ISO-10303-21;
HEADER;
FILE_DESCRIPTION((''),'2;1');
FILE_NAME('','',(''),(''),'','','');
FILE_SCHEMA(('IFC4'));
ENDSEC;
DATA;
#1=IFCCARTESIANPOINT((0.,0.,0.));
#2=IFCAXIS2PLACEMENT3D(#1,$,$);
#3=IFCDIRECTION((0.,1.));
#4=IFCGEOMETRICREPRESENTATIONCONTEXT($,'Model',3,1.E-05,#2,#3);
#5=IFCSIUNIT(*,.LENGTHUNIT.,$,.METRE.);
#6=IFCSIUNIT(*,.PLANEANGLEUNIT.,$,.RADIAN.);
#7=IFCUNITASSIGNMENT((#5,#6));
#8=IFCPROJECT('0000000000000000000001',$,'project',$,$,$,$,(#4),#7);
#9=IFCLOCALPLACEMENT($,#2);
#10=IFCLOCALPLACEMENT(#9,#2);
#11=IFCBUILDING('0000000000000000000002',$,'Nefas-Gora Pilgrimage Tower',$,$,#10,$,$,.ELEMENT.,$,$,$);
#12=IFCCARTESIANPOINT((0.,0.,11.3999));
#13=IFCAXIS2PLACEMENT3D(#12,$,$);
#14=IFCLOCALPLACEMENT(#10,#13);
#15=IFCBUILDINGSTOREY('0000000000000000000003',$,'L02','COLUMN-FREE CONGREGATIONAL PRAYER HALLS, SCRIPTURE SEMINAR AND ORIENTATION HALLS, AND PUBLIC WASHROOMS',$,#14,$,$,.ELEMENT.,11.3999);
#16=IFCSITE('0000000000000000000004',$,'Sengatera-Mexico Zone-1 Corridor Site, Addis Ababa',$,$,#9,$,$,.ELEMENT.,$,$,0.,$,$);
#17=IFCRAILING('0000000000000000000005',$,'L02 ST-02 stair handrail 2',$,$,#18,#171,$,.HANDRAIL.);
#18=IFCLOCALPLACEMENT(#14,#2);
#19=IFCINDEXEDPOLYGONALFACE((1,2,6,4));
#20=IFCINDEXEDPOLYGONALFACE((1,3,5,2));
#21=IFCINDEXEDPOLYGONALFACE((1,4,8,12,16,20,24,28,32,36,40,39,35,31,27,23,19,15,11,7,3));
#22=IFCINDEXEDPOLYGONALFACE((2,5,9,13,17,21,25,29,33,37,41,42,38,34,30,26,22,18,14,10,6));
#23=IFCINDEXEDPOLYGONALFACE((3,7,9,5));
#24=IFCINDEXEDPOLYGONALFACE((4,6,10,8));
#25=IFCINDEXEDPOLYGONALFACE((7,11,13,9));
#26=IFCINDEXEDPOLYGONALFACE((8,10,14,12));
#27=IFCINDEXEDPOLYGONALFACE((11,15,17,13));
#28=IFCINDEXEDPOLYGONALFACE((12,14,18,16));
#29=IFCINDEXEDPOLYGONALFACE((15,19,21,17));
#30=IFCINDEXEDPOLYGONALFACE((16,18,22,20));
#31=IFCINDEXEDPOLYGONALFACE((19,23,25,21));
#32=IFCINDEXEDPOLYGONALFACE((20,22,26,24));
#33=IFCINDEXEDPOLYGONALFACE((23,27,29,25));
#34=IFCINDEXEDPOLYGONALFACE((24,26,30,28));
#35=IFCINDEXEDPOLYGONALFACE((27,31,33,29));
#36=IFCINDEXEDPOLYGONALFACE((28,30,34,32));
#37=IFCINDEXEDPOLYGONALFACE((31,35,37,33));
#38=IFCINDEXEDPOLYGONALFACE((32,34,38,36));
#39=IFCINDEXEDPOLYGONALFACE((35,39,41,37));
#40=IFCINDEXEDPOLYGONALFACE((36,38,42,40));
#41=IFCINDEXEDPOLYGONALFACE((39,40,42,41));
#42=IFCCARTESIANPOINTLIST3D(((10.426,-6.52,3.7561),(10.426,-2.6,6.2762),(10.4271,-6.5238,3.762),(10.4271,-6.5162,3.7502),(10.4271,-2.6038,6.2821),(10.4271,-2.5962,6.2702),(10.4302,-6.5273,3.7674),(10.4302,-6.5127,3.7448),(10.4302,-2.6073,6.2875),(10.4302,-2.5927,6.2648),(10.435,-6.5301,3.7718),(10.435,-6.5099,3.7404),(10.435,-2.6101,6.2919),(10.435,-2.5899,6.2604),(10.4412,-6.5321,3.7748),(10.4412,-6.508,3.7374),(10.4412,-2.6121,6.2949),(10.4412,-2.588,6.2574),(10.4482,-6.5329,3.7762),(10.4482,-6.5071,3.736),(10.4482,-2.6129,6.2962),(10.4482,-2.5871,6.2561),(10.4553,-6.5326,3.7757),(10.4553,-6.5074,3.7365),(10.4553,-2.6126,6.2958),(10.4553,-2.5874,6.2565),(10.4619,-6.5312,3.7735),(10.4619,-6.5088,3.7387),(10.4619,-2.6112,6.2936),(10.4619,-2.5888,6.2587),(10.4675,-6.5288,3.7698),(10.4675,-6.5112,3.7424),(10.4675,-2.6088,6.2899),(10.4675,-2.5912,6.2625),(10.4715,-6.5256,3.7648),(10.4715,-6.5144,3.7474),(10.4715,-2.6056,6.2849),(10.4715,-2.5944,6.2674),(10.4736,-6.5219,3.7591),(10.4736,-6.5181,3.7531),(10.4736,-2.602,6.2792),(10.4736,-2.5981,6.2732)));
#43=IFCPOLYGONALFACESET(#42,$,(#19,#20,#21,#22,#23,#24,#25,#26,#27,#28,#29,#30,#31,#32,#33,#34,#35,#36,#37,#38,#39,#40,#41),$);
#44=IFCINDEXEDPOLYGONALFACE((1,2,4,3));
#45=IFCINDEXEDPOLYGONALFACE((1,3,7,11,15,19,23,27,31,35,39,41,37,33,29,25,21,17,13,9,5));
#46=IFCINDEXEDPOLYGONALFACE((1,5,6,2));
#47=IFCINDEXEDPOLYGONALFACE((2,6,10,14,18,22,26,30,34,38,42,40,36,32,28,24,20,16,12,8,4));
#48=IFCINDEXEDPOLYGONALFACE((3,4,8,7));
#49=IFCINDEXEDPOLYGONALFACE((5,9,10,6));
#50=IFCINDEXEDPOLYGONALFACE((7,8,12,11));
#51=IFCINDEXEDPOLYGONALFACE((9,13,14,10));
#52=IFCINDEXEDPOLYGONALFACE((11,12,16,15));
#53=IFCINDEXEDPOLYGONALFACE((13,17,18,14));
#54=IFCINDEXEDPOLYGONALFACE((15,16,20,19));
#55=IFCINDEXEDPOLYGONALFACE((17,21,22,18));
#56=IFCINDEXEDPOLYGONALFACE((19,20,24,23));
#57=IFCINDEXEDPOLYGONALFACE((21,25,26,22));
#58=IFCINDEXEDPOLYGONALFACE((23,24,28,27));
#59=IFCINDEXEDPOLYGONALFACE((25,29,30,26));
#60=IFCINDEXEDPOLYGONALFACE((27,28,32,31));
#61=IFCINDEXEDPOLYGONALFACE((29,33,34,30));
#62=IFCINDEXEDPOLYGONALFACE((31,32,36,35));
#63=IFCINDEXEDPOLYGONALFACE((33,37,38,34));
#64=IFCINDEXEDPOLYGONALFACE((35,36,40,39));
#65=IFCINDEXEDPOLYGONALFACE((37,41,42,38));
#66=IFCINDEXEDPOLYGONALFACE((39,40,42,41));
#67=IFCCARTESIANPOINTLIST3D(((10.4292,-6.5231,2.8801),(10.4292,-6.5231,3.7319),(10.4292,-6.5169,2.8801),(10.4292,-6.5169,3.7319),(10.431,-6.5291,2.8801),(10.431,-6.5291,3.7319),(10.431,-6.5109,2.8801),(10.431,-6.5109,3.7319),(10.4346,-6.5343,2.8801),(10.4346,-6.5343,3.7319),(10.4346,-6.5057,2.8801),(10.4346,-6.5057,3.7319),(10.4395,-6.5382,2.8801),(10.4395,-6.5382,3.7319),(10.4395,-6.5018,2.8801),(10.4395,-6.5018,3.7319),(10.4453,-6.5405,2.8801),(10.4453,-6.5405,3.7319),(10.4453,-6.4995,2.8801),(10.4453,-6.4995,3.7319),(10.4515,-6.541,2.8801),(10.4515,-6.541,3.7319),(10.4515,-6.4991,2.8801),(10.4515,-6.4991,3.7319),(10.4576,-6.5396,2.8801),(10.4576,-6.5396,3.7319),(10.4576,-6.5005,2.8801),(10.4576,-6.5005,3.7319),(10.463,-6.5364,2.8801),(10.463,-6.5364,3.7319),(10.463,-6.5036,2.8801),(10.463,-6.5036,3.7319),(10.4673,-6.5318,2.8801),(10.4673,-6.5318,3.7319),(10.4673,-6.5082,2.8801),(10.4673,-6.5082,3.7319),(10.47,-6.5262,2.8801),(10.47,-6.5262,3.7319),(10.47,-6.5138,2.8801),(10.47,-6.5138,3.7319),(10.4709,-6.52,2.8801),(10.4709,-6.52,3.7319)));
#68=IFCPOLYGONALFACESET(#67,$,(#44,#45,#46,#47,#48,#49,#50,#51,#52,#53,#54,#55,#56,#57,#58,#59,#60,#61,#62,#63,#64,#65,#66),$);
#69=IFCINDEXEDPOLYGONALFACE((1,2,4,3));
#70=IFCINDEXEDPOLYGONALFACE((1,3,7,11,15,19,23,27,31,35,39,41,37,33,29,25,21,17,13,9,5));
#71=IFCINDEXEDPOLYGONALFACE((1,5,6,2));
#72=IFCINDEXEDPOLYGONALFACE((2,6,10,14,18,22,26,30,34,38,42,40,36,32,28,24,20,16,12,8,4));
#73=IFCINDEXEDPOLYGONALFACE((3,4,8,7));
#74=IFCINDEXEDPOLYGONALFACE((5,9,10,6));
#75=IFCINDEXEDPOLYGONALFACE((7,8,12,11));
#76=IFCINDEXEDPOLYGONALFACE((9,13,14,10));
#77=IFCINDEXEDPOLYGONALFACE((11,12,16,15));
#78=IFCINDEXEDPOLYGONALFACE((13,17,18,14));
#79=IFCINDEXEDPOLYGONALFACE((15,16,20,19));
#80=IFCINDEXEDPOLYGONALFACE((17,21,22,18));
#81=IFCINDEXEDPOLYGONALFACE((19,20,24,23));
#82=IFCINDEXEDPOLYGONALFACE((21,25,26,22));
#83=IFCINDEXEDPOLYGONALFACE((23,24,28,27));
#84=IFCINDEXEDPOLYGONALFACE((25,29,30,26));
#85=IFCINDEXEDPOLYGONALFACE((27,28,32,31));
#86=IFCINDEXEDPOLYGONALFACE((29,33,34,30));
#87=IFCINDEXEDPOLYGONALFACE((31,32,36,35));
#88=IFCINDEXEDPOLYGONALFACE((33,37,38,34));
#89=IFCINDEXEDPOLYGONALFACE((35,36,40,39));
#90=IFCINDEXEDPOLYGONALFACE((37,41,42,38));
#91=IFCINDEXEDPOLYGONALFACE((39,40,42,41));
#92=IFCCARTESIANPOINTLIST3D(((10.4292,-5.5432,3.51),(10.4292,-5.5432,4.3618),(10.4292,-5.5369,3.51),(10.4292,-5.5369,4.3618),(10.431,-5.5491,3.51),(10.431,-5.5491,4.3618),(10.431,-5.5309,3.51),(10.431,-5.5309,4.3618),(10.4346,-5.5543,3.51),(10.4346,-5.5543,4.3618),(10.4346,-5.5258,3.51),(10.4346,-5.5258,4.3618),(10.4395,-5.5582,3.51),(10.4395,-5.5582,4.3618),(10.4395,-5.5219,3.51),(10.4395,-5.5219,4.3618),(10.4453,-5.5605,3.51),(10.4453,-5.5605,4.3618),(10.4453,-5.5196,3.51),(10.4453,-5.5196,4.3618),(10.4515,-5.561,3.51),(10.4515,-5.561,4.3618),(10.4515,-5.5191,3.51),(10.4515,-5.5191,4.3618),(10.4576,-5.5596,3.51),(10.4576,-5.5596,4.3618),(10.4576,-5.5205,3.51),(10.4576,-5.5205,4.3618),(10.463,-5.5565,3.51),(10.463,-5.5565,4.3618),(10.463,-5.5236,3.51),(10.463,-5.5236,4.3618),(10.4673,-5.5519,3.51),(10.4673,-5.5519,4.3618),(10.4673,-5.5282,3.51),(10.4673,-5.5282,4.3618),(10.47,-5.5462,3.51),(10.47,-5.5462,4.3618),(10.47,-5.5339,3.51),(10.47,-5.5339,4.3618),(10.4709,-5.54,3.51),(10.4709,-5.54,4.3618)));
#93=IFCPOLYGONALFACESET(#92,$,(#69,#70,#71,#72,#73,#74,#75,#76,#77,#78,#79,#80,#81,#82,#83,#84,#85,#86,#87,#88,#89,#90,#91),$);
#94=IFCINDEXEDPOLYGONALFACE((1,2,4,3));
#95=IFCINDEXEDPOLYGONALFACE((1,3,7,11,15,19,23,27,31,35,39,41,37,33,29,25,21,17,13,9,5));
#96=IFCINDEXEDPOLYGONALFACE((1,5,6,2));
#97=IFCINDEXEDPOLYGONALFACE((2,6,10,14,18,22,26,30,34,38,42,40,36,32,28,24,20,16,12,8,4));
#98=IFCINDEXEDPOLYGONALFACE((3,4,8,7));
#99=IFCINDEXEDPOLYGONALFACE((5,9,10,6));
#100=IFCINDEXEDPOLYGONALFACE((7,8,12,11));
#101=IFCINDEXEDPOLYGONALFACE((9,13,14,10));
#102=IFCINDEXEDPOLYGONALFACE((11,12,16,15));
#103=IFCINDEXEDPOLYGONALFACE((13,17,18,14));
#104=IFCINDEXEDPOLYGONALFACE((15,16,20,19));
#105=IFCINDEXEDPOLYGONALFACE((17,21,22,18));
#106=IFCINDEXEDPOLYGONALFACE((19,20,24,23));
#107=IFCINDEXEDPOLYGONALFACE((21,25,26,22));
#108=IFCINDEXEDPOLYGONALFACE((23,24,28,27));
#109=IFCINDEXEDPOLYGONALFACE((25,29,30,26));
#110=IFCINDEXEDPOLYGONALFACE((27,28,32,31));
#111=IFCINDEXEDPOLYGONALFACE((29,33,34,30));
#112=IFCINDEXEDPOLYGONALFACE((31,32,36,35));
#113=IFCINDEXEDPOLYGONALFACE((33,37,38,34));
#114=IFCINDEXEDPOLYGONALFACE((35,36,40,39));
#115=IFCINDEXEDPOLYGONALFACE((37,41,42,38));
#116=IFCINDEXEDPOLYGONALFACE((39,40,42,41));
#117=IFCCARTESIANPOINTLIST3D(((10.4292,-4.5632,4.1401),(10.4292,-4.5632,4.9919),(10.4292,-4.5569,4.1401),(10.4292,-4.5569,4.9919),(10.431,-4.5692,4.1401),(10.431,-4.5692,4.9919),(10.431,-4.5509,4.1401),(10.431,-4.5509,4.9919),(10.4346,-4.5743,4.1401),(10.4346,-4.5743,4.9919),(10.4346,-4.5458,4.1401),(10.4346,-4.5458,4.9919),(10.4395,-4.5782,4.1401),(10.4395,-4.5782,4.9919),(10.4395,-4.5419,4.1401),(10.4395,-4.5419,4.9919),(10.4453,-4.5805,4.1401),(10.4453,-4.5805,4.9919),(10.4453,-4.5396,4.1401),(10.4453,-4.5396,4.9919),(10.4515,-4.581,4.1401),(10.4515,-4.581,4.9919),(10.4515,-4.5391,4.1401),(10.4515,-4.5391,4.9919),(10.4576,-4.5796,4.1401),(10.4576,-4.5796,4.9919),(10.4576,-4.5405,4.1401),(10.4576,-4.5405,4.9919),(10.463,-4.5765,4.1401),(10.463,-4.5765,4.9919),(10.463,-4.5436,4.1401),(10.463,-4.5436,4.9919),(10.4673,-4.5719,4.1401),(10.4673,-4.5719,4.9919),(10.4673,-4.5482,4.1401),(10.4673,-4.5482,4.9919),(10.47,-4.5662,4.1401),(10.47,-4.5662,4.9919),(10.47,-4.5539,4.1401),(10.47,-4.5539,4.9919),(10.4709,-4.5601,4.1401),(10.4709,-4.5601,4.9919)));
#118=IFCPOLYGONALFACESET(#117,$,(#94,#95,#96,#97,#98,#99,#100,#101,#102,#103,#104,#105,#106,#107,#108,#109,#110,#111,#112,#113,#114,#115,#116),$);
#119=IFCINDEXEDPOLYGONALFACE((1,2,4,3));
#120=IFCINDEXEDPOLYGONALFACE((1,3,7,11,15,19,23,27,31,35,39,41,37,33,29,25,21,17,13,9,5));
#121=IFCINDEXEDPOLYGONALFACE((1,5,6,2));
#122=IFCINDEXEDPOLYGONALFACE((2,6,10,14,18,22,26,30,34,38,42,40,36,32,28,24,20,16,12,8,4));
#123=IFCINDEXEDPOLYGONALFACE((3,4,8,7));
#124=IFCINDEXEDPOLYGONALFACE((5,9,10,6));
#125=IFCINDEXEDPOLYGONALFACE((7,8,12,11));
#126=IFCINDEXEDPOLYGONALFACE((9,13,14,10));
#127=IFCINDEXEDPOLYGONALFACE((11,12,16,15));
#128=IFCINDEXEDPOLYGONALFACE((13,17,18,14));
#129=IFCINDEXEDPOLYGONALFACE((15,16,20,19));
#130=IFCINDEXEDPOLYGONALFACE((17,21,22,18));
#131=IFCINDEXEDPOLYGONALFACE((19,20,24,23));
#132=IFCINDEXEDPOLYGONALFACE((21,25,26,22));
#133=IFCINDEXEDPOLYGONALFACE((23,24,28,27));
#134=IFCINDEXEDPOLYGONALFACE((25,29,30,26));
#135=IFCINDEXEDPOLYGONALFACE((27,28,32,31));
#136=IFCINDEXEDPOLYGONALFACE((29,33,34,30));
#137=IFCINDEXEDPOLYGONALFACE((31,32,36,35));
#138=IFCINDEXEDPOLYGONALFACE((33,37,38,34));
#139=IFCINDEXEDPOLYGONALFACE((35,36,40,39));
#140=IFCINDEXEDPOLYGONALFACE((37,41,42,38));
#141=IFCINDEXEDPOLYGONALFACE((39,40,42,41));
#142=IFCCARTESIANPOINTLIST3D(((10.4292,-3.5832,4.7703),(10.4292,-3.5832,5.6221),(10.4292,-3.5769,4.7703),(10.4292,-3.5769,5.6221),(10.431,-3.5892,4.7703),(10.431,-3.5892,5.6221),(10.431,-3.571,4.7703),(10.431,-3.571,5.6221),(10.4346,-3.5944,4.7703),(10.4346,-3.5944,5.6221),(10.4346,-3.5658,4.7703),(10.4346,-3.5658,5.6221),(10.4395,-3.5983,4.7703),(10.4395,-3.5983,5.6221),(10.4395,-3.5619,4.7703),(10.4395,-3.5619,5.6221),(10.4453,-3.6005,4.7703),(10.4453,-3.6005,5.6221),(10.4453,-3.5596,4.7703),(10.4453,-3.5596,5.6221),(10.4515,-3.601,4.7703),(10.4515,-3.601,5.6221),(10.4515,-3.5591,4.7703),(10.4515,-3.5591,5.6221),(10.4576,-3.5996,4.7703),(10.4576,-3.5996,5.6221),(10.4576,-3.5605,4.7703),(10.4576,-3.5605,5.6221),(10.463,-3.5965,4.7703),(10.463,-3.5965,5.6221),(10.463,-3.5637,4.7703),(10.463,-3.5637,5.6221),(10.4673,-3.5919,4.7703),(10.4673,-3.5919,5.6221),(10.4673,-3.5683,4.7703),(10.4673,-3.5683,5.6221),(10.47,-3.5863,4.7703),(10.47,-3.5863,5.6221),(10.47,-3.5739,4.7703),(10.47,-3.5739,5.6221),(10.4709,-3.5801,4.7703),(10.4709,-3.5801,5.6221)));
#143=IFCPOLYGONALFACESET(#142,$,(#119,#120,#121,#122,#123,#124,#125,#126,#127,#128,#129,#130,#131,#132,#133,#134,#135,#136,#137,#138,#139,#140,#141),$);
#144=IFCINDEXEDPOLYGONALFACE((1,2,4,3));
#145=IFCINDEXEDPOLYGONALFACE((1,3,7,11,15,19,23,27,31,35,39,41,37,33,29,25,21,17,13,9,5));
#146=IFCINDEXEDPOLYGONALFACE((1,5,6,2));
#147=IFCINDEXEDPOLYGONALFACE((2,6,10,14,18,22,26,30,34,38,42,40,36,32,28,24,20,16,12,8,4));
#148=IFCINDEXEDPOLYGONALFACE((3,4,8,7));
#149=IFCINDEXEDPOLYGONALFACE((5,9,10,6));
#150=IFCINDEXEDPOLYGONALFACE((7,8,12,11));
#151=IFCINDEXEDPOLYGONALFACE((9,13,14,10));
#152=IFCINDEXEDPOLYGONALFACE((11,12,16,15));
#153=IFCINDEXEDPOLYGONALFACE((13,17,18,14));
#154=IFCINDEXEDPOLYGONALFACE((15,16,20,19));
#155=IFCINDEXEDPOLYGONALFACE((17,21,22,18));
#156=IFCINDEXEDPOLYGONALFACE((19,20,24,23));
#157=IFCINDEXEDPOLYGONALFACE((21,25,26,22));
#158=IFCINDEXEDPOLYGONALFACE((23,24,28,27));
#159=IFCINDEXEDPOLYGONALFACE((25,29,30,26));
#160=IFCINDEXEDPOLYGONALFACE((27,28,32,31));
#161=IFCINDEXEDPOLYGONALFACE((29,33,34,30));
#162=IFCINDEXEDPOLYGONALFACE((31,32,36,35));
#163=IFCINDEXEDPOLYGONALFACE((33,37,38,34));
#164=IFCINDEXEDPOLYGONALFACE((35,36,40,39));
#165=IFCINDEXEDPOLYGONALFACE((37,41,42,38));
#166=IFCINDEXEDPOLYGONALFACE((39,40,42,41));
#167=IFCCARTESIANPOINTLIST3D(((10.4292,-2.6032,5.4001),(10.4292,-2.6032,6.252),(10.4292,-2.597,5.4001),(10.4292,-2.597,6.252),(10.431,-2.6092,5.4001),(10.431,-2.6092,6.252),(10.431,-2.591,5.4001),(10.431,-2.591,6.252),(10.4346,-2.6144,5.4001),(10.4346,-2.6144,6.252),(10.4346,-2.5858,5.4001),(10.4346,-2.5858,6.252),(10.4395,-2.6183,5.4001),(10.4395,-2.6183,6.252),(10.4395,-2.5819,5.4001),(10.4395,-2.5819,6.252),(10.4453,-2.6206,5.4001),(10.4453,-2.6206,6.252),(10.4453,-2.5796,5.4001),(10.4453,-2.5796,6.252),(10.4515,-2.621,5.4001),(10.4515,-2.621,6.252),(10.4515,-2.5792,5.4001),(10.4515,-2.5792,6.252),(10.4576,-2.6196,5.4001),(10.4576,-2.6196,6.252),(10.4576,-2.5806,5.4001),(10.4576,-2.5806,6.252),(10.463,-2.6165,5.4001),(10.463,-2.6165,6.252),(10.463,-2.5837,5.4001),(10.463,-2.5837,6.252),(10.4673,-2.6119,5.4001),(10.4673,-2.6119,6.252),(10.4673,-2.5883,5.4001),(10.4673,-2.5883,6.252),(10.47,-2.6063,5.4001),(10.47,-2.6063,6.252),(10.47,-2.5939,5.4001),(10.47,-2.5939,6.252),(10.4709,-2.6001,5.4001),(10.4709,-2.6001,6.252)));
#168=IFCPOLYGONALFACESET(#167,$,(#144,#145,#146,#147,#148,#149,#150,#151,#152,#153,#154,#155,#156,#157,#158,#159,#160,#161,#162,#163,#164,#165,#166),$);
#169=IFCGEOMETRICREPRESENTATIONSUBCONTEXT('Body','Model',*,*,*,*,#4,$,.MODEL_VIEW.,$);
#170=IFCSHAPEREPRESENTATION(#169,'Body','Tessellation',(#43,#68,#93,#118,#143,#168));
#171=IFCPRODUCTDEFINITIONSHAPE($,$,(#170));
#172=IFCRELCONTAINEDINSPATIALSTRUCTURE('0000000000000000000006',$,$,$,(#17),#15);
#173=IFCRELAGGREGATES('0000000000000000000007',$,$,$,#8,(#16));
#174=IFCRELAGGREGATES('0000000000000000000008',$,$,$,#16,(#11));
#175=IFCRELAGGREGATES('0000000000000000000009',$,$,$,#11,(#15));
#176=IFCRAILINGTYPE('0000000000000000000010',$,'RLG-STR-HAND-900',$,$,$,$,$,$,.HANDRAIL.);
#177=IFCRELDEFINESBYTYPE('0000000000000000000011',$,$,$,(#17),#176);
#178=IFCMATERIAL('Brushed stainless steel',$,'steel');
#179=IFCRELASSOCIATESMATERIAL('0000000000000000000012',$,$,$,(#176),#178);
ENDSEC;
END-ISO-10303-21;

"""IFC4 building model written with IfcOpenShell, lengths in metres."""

from ifc_helpers import new_model, si_unit, direction, frame, origin, origin_2d, place, context, subcontext, project, spatial, circle, extrude, material, type_object, element, save


model = new_model("IFC4")

# Units and contexts
model_context = context("Model", 3, precision=1e-05, world=origin(), true_north=direction((0.0, 1.0)))
body_context = subcontext(model_context, "Body", "Model", "MODEL_VIEW")
ifc_project = project(units=[si_unit("LENGTHUNIT", "METRE"), si_unit("PLANEANGLEUNIT", "RADIAN")], contexts=[model_context])

# Site, building, storey
site_placement = place(None, origin())
site = spatial("IfcSite", under=ifc_project, at=site_placement, Name="Sengatera-Mexico Zone-1 Corridor Site, Addis Ababa", CompositionType="ELEMENT", RefElevation=0.0)
building_placement = place(site_placement, origin())
building = spatial("IfcBuilding", under=site, at=building_placement, Name="Nefas-Gora Pilgrimage Tower", CompositionType="ELEMENT")
storey_placement = place(building_placement, frame((0.0, 0.0, 11.3999)))
storey = spatial("IfcBuildingStorey", under=building, at=storey_placement, Name="L02", Description="COLUMN-FREE CONGREGATIONAL PRAYER HALLS, SCRIPTURE SEMINAR AND ORIENTATION HALLS, AND PUBLIC WASHROOMS", CompositionType="ELEMENT", Elevation=11.3999)

# Railing
ifc_material_1 = material(Name="Brushed stainless steel", Category="steel")
railing_type_1 = type_object("IfcRailingType", Name="RLG-STR-HAND-900", PredefinedType="HANDRAIL", material=ifc_material_1)
railing_1_placement = place(storey_placement, frame((10.45, -6.52, 2.8801)))
element("IfcRailing", 1, at=railing_1_placement, inside=storey, type_object=railing_type_1, Name="L02 ST-02 stair handrail 2", PredefinedType="HANDRAIL", context=body_context, shape_type="SweptSolid", body=[
    extrude(circle(Radius=0.0239, at=origin_2d()), frame((0.0, 0.0, 0.876), z_axis=(0.0, 0.841172, 0.540768), x_axis=(-1.0, 0.0, 0.0)), (0.0, 0.0, 1.0), 4.6602),
    extrude(circle(Radius=0.021, at=origin_2d()), origin(), (0.0, 0.0, 1.0), 0.8518),
    extrude(circle(Radius=0.021, at=origin_2d()), frame((0.0, 0.98, 0.6299)), (0.0, 0.0, 1.0), 0.8518),
    extrude(circle(Radius=0.021, at=origin_2d()), frame((0.0, 1.96, 1.26)), (0.0, 0.0, 1.0), 0.8518),
    extrude(circle(Radius=0.021, at=origin_2d()), frame((0.0, 2.9399, 1.8901)), (0.0, 0.0, 1.0), 0.8518),
    extrude(circle(Radius=0.021, at=origin_2d()), frame((0.0, 3.9199, 2.52)), (0.0, 0.0, 1.0), 0.8518),
])

save(model, "model.ifc")
